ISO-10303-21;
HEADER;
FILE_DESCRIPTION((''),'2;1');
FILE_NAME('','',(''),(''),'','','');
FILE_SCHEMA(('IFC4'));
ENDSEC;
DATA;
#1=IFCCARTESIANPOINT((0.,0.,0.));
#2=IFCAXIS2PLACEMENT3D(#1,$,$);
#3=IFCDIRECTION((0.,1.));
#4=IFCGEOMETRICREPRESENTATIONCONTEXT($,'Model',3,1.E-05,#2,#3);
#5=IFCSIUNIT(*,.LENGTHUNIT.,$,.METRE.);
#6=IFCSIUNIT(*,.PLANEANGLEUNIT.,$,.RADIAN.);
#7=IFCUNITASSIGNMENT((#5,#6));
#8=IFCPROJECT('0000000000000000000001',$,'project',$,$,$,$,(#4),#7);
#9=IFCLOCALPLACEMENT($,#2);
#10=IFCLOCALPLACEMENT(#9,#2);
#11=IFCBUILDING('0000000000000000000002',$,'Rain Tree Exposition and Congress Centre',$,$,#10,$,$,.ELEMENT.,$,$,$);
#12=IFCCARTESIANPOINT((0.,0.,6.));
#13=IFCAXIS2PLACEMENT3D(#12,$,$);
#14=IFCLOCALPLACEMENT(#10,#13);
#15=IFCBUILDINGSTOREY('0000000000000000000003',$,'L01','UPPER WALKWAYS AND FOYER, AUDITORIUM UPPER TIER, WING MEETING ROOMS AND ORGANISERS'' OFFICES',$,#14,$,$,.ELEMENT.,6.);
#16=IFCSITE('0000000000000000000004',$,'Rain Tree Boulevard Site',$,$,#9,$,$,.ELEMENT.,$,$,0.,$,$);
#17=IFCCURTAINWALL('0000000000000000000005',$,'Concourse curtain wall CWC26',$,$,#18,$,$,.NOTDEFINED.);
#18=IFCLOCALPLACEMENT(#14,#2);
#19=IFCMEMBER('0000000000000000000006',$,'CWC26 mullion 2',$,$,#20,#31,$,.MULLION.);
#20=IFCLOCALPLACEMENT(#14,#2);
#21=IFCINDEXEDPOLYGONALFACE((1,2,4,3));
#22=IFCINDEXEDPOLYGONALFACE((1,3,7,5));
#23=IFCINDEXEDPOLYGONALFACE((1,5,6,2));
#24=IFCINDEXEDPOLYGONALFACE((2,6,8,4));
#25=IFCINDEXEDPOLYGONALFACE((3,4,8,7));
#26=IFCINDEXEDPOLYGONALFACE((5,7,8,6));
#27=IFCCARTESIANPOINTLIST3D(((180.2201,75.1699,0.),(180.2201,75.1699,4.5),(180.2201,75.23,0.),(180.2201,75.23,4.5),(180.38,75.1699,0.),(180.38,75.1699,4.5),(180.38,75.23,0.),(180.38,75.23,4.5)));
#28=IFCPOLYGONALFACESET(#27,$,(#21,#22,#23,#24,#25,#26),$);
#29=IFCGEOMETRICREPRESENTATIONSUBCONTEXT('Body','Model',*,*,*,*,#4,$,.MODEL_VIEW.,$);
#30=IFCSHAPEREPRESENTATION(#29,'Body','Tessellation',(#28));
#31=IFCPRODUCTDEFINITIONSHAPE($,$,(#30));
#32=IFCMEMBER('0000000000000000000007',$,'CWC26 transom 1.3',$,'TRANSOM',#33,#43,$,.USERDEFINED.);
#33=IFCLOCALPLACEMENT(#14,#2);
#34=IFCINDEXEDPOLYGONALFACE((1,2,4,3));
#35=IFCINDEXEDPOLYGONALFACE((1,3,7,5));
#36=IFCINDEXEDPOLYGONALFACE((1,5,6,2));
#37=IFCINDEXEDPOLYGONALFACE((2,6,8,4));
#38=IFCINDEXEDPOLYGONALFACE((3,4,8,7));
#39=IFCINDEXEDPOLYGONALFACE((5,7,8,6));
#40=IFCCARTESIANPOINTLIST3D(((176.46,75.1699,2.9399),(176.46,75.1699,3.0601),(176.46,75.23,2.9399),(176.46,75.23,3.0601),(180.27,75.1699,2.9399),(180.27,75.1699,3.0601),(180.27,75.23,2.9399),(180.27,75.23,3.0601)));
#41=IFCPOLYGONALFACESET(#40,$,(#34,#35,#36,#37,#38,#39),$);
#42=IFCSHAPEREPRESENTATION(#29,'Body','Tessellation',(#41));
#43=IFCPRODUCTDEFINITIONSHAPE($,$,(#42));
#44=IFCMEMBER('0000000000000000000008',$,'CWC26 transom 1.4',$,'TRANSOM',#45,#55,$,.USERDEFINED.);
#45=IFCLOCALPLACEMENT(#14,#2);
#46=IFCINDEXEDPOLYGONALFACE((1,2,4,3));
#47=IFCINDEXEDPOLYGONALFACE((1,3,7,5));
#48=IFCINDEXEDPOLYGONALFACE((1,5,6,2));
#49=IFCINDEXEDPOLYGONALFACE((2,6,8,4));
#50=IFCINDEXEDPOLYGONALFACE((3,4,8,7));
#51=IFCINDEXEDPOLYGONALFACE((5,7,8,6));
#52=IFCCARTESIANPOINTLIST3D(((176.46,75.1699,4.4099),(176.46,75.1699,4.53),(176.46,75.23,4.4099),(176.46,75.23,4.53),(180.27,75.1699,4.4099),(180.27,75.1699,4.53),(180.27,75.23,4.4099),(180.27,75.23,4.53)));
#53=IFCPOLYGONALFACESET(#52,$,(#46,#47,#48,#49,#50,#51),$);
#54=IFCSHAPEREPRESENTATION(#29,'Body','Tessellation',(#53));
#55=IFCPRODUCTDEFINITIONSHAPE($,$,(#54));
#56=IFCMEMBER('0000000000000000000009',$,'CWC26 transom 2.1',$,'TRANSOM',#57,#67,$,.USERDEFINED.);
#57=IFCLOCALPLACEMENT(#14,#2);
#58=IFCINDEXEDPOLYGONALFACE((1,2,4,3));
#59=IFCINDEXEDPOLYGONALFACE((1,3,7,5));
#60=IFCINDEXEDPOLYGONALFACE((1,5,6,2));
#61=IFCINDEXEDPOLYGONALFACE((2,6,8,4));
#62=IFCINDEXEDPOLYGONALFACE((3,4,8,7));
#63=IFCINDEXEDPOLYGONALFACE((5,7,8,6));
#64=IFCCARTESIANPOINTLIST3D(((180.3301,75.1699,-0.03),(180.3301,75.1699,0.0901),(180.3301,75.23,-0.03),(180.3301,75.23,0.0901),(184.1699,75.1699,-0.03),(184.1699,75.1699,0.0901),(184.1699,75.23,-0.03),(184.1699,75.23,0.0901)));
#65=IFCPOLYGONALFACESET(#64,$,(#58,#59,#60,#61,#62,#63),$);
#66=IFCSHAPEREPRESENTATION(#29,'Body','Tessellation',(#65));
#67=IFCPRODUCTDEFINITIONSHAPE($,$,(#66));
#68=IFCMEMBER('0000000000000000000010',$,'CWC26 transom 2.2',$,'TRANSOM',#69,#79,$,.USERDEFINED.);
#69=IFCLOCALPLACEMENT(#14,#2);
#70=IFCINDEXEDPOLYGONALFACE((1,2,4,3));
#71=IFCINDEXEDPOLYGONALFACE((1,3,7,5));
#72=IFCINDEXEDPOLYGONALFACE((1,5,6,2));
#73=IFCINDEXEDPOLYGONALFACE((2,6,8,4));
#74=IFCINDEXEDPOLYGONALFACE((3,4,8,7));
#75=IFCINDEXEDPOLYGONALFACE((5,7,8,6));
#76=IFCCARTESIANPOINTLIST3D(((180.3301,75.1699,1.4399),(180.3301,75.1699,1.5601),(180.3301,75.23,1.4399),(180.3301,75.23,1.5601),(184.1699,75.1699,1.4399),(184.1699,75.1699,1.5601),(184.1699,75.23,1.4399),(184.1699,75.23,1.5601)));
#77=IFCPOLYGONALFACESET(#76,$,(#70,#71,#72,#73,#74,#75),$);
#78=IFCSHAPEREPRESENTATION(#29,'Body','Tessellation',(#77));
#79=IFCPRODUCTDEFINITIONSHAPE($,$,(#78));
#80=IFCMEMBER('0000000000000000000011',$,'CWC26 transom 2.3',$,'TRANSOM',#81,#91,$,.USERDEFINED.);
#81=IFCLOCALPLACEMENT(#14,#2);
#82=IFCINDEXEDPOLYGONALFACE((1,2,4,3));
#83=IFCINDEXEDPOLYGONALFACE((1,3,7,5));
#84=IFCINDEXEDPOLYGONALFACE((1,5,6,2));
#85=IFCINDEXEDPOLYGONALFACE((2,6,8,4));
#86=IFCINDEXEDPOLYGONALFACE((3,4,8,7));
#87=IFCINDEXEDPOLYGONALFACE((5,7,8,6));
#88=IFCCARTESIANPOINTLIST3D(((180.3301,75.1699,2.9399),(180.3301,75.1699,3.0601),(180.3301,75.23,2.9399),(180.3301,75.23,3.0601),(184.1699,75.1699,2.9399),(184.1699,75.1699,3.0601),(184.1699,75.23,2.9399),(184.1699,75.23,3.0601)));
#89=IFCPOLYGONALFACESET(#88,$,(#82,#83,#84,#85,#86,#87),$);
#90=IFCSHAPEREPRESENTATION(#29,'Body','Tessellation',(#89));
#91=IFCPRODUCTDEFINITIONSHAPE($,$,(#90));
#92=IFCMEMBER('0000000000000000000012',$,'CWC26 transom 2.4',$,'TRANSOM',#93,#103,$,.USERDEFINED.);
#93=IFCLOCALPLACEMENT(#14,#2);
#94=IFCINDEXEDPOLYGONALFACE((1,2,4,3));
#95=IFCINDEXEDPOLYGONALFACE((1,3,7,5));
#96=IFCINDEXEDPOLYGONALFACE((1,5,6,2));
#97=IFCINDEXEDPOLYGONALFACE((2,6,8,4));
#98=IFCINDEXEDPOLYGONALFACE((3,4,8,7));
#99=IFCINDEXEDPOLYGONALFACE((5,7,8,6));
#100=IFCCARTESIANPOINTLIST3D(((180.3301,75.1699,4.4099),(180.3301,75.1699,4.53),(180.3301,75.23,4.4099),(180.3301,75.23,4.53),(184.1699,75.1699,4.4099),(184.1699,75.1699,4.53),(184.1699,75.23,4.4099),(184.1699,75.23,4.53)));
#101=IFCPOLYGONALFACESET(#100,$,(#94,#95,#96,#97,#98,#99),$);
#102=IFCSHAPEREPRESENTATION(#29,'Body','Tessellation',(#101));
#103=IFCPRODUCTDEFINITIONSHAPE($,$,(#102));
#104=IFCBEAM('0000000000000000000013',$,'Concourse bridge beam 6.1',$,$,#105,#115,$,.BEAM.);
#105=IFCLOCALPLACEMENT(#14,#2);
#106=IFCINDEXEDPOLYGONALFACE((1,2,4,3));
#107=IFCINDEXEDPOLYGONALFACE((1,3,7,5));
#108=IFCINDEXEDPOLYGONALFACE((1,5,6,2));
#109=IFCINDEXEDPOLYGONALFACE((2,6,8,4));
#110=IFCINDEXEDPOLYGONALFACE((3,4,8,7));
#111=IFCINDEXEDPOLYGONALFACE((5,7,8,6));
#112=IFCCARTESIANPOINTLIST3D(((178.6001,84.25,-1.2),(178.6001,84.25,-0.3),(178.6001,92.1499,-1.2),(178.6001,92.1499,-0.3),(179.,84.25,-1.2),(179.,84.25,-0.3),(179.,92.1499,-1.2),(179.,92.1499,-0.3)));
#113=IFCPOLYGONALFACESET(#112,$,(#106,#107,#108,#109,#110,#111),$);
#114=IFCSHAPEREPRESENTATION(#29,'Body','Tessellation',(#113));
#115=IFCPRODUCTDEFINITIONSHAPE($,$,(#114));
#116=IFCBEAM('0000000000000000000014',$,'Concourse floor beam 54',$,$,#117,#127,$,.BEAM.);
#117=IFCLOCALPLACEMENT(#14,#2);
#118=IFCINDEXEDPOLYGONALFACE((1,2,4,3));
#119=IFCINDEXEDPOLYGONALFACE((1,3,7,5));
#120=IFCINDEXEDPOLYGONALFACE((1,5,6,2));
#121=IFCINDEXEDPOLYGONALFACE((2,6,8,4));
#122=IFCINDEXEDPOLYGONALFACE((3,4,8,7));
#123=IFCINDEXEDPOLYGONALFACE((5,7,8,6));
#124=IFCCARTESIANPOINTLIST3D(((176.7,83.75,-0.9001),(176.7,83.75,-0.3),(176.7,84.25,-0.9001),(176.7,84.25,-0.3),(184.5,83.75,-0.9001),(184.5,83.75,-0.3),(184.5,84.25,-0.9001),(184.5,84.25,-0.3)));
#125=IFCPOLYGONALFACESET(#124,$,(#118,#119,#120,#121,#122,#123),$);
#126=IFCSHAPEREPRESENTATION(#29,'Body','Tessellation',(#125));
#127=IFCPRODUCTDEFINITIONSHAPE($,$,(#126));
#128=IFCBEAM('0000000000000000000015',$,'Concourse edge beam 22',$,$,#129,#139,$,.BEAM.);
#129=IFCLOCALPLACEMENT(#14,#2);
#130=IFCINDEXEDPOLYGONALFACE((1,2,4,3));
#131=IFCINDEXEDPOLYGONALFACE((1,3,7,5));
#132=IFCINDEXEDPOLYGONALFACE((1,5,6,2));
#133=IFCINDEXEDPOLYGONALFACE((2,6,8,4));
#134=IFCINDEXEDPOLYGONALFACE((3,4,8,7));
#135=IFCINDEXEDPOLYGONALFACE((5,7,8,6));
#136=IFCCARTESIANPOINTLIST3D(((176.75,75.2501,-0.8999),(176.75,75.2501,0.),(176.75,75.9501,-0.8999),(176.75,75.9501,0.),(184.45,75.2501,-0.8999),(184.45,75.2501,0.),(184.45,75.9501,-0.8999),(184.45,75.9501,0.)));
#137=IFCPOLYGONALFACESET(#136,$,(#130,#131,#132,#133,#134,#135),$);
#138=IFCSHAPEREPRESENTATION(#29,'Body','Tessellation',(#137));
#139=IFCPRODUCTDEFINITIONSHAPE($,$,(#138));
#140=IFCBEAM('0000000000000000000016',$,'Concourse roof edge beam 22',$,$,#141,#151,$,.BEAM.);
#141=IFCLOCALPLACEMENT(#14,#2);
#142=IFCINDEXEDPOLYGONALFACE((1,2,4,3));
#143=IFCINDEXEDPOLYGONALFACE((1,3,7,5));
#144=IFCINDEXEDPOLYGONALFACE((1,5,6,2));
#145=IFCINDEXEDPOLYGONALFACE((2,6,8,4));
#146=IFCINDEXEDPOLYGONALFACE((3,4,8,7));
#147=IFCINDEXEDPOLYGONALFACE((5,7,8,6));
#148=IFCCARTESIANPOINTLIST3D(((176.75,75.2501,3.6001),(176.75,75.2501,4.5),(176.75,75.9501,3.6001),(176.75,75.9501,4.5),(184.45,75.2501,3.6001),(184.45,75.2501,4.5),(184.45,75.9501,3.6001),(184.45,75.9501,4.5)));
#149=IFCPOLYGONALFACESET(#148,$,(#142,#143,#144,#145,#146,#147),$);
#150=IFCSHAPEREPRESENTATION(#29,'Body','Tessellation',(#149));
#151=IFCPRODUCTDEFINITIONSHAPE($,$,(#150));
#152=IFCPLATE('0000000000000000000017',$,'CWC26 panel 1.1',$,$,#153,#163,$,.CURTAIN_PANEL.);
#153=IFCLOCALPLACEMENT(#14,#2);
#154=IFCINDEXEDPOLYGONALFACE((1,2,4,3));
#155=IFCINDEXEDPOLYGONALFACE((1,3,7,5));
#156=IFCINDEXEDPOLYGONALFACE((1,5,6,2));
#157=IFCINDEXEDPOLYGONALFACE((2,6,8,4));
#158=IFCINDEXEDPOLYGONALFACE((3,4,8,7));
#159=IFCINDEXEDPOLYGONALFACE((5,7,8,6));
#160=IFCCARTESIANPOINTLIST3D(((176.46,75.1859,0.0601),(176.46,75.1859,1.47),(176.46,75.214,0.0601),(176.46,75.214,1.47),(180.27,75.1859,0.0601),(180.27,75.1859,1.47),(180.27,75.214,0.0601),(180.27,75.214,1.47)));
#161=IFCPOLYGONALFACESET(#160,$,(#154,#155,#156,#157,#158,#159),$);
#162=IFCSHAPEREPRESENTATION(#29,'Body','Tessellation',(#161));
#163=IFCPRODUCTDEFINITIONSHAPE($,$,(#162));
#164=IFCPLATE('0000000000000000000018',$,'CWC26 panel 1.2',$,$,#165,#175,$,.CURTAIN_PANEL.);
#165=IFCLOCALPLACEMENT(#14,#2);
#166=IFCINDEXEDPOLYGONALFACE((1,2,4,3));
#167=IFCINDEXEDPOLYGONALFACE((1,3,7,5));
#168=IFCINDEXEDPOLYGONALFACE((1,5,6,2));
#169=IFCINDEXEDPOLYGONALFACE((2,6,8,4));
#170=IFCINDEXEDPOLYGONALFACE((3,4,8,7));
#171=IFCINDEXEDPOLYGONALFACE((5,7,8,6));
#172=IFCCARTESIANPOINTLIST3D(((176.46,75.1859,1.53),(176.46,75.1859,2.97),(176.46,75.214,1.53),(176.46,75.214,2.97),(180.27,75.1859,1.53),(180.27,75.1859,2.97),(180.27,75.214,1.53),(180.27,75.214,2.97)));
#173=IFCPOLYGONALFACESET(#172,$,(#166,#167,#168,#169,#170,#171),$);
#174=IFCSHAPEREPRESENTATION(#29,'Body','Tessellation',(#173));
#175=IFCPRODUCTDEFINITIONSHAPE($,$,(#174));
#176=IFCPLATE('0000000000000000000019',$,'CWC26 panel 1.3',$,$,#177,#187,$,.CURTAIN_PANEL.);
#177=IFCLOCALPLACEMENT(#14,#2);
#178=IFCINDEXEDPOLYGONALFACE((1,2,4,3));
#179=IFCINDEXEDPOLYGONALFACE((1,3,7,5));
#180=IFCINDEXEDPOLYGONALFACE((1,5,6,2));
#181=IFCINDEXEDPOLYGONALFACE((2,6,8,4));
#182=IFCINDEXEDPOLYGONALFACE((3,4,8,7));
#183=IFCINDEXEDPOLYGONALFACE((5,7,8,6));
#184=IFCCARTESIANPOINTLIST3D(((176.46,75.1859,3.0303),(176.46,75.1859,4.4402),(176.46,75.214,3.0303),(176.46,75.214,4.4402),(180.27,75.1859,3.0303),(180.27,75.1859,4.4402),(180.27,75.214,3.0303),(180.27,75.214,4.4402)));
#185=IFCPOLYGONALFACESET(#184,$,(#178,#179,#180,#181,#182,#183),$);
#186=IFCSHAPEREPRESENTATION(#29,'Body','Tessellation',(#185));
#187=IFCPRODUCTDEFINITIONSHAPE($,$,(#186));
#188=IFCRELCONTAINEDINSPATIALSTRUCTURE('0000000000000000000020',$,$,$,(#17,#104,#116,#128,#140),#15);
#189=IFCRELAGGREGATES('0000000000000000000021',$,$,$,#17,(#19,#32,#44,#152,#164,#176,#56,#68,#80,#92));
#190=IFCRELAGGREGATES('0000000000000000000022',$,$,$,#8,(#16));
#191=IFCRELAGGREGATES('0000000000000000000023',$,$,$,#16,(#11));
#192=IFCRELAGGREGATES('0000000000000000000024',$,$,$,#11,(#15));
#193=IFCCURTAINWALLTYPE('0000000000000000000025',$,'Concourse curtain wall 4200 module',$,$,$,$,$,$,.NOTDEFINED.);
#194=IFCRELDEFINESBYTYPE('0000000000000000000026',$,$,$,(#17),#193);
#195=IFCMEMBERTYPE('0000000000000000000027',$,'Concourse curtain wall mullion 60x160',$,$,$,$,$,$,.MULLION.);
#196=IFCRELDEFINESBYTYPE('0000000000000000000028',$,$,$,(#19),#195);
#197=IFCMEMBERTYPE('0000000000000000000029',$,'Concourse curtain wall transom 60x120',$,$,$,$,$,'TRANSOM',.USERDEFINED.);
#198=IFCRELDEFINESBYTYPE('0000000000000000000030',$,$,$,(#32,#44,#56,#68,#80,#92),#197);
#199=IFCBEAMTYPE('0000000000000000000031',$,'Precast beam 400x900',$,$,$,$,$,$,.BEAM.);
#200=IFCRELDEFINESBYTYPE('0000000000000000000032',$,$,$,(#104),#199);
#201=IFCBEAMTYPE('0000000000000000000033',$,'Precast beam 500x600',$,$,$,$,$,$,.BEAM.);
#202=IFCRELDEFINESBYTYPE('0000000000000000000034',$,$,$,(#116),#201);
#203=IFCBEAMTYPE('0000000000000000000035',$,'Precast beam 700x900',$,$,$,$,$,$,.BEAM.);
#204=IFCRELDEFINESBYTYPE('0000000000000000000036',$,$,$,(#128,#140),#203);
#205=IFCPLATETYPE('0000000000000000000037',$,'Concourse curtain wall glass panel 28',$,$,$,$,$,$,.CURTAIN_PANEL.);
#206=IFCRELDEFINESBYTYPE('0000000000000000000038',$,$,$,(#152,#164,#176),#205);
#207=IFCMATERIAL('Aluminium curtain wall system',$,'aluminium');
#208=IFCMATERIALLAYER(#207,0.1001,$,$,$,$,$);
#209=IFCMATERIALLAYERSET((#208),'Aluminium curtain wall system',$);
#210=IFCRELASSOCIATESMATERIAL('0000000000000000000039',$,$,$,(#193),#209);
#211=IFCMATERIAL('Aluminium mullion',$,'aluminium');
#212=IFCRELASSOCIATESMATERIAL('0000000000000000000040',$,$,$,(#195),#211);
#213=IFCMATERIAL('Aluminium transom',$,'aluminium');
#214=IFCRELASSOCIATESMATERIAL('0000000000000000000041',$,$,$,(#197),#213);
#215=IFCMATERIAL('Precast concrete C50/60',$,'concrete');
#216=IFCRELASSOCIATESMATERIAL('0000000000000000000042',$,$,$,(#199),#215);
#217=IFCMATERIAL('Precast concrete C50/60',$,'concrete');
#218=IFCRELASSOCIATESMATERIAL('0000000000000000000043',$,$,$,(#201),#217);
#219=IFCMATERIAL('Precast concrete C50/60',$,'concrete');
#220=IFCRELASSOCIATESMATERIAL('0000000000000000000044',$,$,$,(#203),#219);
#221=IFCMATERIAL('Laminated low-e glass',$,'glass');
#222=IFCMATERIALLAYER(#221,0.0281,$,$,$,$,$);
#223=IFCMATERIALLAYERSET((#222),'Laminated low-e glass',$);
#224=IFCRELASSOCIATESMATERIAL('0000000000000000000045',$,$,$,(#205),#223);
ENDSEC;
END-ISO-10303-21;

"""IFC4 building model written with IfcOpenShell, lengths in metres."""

from ifc_helpers import new_model, si_unit, direction, frame, origin, origin_2d, place, context, subcontext, project, spatial, rectangle, extrude, material, layer, layer_set, material_profile, profile_set, type_object, element, aggregate, save


model = new_model("IFC4")

# Units and contexts
model_context = context("Model", 3, precision=1e-05, world=origin(), true_north=direction((0.0, 1.0)))
body_context = subcontext(model_context, "Body", "Model", "MODEL_VIEW")
ifc_project = project(units=[si_unit("LENGTHUNIT", "METRE"), si_unit("PLANEANGLEUNIT", "RADIAN")], contexts=[model_context])

# Site, building, storey
site_placement = place(None, origin())
site = spatial("IfcSite", under=ifc_project, at=site_placement, Name="Rain Tree Boulevard Site", CompositionType="ELEMENT", RefElevation=0.0)
building_placement = place(site_placement, origin())
building = spatial("IfcBuilding", under=site, at=building_placement, Name="Rain Tree Exposition and Congress Centre", CompositionType="ELEMENT")
storey_placement = place(building_placement, frame((0.0, 0.0, 6.0)))
storey = spatial("IfcBuildingStorey", under=building, at=storey_placement, Name="L01", Description="UPPER WALKWAYS AND FOYER, AUDITORIUM UPPER TIER, WING MEETING ROOMS AND ORGANISERS' OFFICES", CompositionType="ELEMENT", Elevation=6.0)

# Curtain wall, members
ifc_material_1 = material(Name="Aluminium curtain wall system", Category="aluminium")
ifc_layer_1 = layer(ifc_material_1, 0.1001)
ifc_layer_set_1 = layer_set([ifc_layer_1], Name="Aluminium curtain wall system")
curtain_wall_type = type_object("IfcCurtainWallType", Name="Concourse curtain wall 4200 module", PredefinedType="NOTDEFINED", material=ifc_layer_set_1)
curtain_wall_placement = place(storey_placement, origin())
curtain_wall = element("IfcCurtainWall", 1, at=curtain_wall_placement, inside=storey, type_object=curtain_wall_type, Name="Concourse curtain wall CWC26", PredefinedType="NOTDEFINED")
ifc_material_2 = material(Name="Aluminium mullion", Category="aluminium")
ifc_material_profile_1 = material_profile(ifc_material_2, rectangle(XDim=0.0601, YDim=0.1599, at=origin_2d()), Name="AL 60x160")
ifc_profile_set_1 = profile_set([ifc_material_profile_1], Name="Aluminium mullion")
member_type_1 = type_object("IfcMemberType", Name="Concourse curtain wall mullion 60x160", PredefinedType="MULLION", material=ifc_profile_set_1)
member_1_placement = place(storey_placement, frame((180.3, 75.2, 0.0), z_axis=(0.0, 0.0, 1.0), x_axis=(0.0, 1.0, 0.0)))
member_1 = element("IfcMember", 2, at=member_1_placement, type_object=member_type_1, Name="CWC26 mullion 2", PredefinedType="MULLION", context=body_context, shape_type="SweptSolid", body=[
    extrude(rectangle(XDim=0.0601, YDim=0.1599, at=origin_2d()), origin(), (0.0, 0.0, 1.0), 4.5),
])
ifc_material_3 = material(Name="Aluminium transom", Category="aluminium")
ifc_material_profile_2 = material_profile(ifc_material_3, rectangle(XDim=0.0601, YDim=0.1201, at=origin_2d()), Name="AL 60x120")
ifc_profile_set_2 = profile_set([ifc_material_profile_2], Name="Aluminium transom")
member_type_2 = type_object("IfcMemberType", Name="Concourse curtain wall transom 60x120", ElementType="TRANSOM", PredefinedType="USERDEFINED", material=ifc_profile_set_2)
member_2_placement = place(storey_placement, frame((176.46, 75.2, 3.0), z_axis=(1.0, 0.0, 0.0), x_axis=(0.0, 1.0, 0.0)))
member_2 = element("IfcMember", 3, at=member_2_placement, type_object=member_type_2, Name="CWC26 transom 1.3", ObjectType="TRANSOM", PredefinedType="USERDEFINED", context=body_context, shape_type="SweptSolid", body=[
    extrude(rectangle(XDim=0.0601, YDim=0.1201, at=origin_2d()), origin(), (0.0, 0.0, 1.0), 3.8101),
])
member_3_placement = place(storey_placement, frame((176.46, 75.2, 4.47), z_axis=(1.0, 0.0, 0.0), x_axis=(0.0, 1.0, 0.0)))
member_3 = element("IfcMember", 4, at=member_3_placement, type_object=member_type_2, Name="CWC26 transom 1.4", ObjectType="TRANSOM", PredefinedType="USERDEFINED", context=body_context, shape_type="SweptSolid", body=[
    extrude(rectangle(XDim=0.0601, YDim=0.1201, at=origin_2d()), origin(), (0.0, 0.0, 1.0), 3.8101),
])
member_4_placement = place(storey_placement, frame((180.3301, 75.2, 0.03), z_axis=(1.0, 0.0, 0.0), x_axis=(0.0, 1.0, 0.0)))
member_4 = element("IfcMember", 5, at=member_4_placement, type_object=member_type_2, Name="CWC26 transom 2.1", ObjectType="TRANSOM", PredefinedType="USERDEFINED", context=body_context, shape_type="SweptSolid", body=[
    extrude(rectangle(XDim=0.0601, YDim=0.1201, at=origin_2d()), origin(), (0.0, 0.0, 1.0), 3.8398),
])
member_5_placement = place(storey_placement, frame((180.3301, 75.2, 1.5), z_axis=(1.0, 0.0, 0.0), x_axis=(0.0, 1.0, 0.0)))
member_5 = element("IfcMember", 6, at=member_5_placement, type_object=member_type_2, Name="CWC26 transom 2.2", ObjectType="TRANSOM", PredefinedType="USERDEFINED", context=body_context, shape_type="SweptSolid", body=[
    extrude(rectangle(XDim=0.0601, YDim=0.1201, at=origin_2d()), origin(), (0.0, 0.0, 1.0), 3.8398),
])
member_6_placement = place(storey_placement, frame((180.3301, 75.2, 3.0), z_axis=(1.0, 0.0, 0.0), x_axis=(0.0, 1.0, 0.0)))
member_6 = element("IfcMember", 7, at=member_6_placement, type_object=member_type_2, Name="CWC26 transom 2.3", ObjectType="TRANSOM", PredefinedType="USERDEFINED", context=body_context, shape_type="SweptSolid", body=[
    extrude(rectangle(XDim=0.0601, YDim=0.1201, at=origin_2d()), origin(), (0.0, 0.0, 1.0), 3.8398),
])
member_7_placement = place(storey_placement, frame((180.3301, 75.2, 4.47), z_axis=(1.0, 0.0, 0.0), x_axis=(0.0, 1.0, 0.0)))
member_7 = element("IfcMember", 8, at=member_7_placement, type_object=member_type_2, Name="CWC26 transom 2.4", ObjectType="TRANSOM", PredefinedType="USERDEFINED", context=body_context, shape_type="SweptSolid", body=[
    extrude(rectangle(XDim=0.0601, YDim=0.1201, at=origin_2d()), origin(), (0.0, 0.0, 1.0), 3.8398),
])

# Beams
ifc_material_4 = material(Name="Precast concrete C50/60", Category="concrete")
ifc_material_profile_3 = material_profile(ifc_material_4, rectangle(XDim=0.3999, YDim=0.8999, at=origin_2d()), Name="RC 400x900")
ifc_profile_set_3 = profile_set([ifc_material_profile_3], Name="Precast concrete C50/60")
beam_type_1 = type_object("IfcBeamType", Name="Precast beam 400x900", PredefinedType="BEAM", material=ifc_profile_set_3)
beam_1_placement = place(storey_placement, frame((178.8, 84.25, -0.75), z_axis=(0.0, 1.0, 0.0), x_axis=(-1.0, 0.0, 0.0)))
element("IfcBeam", 9, at=beam_1_placement, inside=storey, type_object=beam_type_1, Name="Concourse bridge beam 6.1", PredefinedType="BEAM", context=body_context, shape_type="SweptSolid", body=[
    extrude(rectangle(XDim=0.3999, YDim=0.8999, at=origin_2d()), origin(), (0.0, 0.0, 1.0), 7.8999),
])
ifc_material_5 = material(Name="Precast concrete C50/60", Category="concrete")
ifc_material_profile_4 = material_profile(ifc_material_5, rectangle(XDim=0.5, YDim=0.6001, at=origin_2d()), Name="RC 500x600")
ifc_profile_set_4 = profile_set([ifc_material_profile_4], Name="Precast concrete C50/60")
beam_type_2 = type_object("IfcBeamType", Name="Precast beam 500x600", PredefinedType="BEAM", material=ifc_profile_set_4)
beam_2_placement = place(storey_placement, frame((176.7, 84.0, -0.6001), z_axis=(1.0, 0.0, 0.0), x_axis=(0.0, 1.0, 0.0)))
element("IfcBeam", 10, at=beam_2_placement, inside=storey, type_object=beam_type_2, Name="Concourse floor beam 54", PredefinedType="BEAM", context=body_context, shape_type="SweptSolid", body=[
    extrude(rectangle(XDim=0.5, YDim=0.6001, at=origin_2d()), origin(), (0.0, 0.0, 1.0), 7.8),
])
ifc_material_6 = material(Name="Precast concrete C50/60", Category="concrete")
ifc_material_profile_5 = material_profile(ifc_material_6, rectangle(XDim=0.7, YDim=0.8999, at=origin_2d()), Name="RC 700x900")
ifc_profile_set_5 = profile_set([ifc_material_profile_5], Name="Precast concrete C50/60")
beam_type_3 = type_object("IfcBeamType", Name="Precast beam 700x900", PredefinedType="BEAM", material=ifc_profile_set_5)
for number, where, z_axis, x_axis, name in (
    (11, (176.75, 75.6001, -0.45), (1.0, 0.0, 0.0), (0.0, 1.0, 0.0), "Concourse edge beam 22"),
    (12, (176.75, 75.6001, 4.05), (1.0, 0.0, 0.0), (0.0, 1.0, 0.0), "Concourse roof edge beam 22"),
):
    element("IfcBeam", number, at=place(storey_placement, frame(where, z_axis=z_axis, x_axis=x_axis)), inside=storey, type_object=beam_type_3, Name=name, PredefinedType="BEAM", context=body_context, shape_type="SweptSolid", body=[
        extrude(rectangle(XDim=0.7, YDim=0.8999, at=origin_2d()), origin(), (0.0, 0.0, 1.0), 7.7),
    ])

# Plates
ifc_material_7 = material(Name="Laminated low-e glass", Category="glass")
ifc_layer_2 = layer(ifc_material_7, 0.0281)
ifc_layer_set_2 = layer_set([ifc_layer_2], Name="Laminated low-e glass")
plate_type = type_object("IfcPlateType", Name="Concourse curtain wall glass panel 28", PredefinedType="CURTAIN_PANEL", material=ifc_layer_set_2)
plate_1_placement = place(storey_placement, frame((178.365, 75.2, 0.0601), z_axis=(0.0, 0.0, 1.0), x_axis=(1.0, 0.0, 0.0)))
plate_1 = element("IfcPlate", 13, at=plate_1_placement, type_object=plate_type, Name="CWC26 panel 1.1", PredefinedType="CURTAIN_PANEL", context=body_context, shape_type="SweptSolid", body=[
    extrude(rectangle(XDim=3.8101, YDim=0.0281, at=origin_2d()), origin(), (0.0, 0.0, 1.0), 1.4099),
])
plate_2_placement = place(storey_placement, frame((178.365, 75.2, 1.53), z_axis=(0.0, 0.0, 1.0), x_axis=(1.0, 0.0, 0.0)))
plate_2 = element("IfcPlate", 14, at=plate_2_placement, type_object=plate_type, Name="CWC26 panel 1.2", PredefinedType="CURTAIN_PANEL", context=body_context, shape_type="SweptSolid", body=[
    extrude(rectangle(XDim=3.8101, YDim=0.0281, at=origin_2d()), origin(), (0.0, 0.0, 1.0), 1.4399),
])
plate_3_placement = place(storey_placement, frame((178.365, 75.2, 3.0303), z_axis=(0.0, 0.0, 1.0), x_axis=(1.0, 0.0, 0.0)))
plate_3 = element("IfcPlate", 15, at=plate_3_placement, type_object=plate_type, Name="CWC26 panel 1.3", PredefinedType="CURTAIN_PANEL", context=body_context, shape_type="SweptSolid", body=[
    extrude(rectangle(XDim=3.8101, YDim=0.0281, at=origin_2d()), origin(), (0.0, 0.0, 1.0), 1.4099),
])
aggregate(curtain_wall, [member_1, member_2, member_3, plate_1, plate_2, plate_3, member_4, member_5, member_6, member_7])

save(model, "model.ifc")
